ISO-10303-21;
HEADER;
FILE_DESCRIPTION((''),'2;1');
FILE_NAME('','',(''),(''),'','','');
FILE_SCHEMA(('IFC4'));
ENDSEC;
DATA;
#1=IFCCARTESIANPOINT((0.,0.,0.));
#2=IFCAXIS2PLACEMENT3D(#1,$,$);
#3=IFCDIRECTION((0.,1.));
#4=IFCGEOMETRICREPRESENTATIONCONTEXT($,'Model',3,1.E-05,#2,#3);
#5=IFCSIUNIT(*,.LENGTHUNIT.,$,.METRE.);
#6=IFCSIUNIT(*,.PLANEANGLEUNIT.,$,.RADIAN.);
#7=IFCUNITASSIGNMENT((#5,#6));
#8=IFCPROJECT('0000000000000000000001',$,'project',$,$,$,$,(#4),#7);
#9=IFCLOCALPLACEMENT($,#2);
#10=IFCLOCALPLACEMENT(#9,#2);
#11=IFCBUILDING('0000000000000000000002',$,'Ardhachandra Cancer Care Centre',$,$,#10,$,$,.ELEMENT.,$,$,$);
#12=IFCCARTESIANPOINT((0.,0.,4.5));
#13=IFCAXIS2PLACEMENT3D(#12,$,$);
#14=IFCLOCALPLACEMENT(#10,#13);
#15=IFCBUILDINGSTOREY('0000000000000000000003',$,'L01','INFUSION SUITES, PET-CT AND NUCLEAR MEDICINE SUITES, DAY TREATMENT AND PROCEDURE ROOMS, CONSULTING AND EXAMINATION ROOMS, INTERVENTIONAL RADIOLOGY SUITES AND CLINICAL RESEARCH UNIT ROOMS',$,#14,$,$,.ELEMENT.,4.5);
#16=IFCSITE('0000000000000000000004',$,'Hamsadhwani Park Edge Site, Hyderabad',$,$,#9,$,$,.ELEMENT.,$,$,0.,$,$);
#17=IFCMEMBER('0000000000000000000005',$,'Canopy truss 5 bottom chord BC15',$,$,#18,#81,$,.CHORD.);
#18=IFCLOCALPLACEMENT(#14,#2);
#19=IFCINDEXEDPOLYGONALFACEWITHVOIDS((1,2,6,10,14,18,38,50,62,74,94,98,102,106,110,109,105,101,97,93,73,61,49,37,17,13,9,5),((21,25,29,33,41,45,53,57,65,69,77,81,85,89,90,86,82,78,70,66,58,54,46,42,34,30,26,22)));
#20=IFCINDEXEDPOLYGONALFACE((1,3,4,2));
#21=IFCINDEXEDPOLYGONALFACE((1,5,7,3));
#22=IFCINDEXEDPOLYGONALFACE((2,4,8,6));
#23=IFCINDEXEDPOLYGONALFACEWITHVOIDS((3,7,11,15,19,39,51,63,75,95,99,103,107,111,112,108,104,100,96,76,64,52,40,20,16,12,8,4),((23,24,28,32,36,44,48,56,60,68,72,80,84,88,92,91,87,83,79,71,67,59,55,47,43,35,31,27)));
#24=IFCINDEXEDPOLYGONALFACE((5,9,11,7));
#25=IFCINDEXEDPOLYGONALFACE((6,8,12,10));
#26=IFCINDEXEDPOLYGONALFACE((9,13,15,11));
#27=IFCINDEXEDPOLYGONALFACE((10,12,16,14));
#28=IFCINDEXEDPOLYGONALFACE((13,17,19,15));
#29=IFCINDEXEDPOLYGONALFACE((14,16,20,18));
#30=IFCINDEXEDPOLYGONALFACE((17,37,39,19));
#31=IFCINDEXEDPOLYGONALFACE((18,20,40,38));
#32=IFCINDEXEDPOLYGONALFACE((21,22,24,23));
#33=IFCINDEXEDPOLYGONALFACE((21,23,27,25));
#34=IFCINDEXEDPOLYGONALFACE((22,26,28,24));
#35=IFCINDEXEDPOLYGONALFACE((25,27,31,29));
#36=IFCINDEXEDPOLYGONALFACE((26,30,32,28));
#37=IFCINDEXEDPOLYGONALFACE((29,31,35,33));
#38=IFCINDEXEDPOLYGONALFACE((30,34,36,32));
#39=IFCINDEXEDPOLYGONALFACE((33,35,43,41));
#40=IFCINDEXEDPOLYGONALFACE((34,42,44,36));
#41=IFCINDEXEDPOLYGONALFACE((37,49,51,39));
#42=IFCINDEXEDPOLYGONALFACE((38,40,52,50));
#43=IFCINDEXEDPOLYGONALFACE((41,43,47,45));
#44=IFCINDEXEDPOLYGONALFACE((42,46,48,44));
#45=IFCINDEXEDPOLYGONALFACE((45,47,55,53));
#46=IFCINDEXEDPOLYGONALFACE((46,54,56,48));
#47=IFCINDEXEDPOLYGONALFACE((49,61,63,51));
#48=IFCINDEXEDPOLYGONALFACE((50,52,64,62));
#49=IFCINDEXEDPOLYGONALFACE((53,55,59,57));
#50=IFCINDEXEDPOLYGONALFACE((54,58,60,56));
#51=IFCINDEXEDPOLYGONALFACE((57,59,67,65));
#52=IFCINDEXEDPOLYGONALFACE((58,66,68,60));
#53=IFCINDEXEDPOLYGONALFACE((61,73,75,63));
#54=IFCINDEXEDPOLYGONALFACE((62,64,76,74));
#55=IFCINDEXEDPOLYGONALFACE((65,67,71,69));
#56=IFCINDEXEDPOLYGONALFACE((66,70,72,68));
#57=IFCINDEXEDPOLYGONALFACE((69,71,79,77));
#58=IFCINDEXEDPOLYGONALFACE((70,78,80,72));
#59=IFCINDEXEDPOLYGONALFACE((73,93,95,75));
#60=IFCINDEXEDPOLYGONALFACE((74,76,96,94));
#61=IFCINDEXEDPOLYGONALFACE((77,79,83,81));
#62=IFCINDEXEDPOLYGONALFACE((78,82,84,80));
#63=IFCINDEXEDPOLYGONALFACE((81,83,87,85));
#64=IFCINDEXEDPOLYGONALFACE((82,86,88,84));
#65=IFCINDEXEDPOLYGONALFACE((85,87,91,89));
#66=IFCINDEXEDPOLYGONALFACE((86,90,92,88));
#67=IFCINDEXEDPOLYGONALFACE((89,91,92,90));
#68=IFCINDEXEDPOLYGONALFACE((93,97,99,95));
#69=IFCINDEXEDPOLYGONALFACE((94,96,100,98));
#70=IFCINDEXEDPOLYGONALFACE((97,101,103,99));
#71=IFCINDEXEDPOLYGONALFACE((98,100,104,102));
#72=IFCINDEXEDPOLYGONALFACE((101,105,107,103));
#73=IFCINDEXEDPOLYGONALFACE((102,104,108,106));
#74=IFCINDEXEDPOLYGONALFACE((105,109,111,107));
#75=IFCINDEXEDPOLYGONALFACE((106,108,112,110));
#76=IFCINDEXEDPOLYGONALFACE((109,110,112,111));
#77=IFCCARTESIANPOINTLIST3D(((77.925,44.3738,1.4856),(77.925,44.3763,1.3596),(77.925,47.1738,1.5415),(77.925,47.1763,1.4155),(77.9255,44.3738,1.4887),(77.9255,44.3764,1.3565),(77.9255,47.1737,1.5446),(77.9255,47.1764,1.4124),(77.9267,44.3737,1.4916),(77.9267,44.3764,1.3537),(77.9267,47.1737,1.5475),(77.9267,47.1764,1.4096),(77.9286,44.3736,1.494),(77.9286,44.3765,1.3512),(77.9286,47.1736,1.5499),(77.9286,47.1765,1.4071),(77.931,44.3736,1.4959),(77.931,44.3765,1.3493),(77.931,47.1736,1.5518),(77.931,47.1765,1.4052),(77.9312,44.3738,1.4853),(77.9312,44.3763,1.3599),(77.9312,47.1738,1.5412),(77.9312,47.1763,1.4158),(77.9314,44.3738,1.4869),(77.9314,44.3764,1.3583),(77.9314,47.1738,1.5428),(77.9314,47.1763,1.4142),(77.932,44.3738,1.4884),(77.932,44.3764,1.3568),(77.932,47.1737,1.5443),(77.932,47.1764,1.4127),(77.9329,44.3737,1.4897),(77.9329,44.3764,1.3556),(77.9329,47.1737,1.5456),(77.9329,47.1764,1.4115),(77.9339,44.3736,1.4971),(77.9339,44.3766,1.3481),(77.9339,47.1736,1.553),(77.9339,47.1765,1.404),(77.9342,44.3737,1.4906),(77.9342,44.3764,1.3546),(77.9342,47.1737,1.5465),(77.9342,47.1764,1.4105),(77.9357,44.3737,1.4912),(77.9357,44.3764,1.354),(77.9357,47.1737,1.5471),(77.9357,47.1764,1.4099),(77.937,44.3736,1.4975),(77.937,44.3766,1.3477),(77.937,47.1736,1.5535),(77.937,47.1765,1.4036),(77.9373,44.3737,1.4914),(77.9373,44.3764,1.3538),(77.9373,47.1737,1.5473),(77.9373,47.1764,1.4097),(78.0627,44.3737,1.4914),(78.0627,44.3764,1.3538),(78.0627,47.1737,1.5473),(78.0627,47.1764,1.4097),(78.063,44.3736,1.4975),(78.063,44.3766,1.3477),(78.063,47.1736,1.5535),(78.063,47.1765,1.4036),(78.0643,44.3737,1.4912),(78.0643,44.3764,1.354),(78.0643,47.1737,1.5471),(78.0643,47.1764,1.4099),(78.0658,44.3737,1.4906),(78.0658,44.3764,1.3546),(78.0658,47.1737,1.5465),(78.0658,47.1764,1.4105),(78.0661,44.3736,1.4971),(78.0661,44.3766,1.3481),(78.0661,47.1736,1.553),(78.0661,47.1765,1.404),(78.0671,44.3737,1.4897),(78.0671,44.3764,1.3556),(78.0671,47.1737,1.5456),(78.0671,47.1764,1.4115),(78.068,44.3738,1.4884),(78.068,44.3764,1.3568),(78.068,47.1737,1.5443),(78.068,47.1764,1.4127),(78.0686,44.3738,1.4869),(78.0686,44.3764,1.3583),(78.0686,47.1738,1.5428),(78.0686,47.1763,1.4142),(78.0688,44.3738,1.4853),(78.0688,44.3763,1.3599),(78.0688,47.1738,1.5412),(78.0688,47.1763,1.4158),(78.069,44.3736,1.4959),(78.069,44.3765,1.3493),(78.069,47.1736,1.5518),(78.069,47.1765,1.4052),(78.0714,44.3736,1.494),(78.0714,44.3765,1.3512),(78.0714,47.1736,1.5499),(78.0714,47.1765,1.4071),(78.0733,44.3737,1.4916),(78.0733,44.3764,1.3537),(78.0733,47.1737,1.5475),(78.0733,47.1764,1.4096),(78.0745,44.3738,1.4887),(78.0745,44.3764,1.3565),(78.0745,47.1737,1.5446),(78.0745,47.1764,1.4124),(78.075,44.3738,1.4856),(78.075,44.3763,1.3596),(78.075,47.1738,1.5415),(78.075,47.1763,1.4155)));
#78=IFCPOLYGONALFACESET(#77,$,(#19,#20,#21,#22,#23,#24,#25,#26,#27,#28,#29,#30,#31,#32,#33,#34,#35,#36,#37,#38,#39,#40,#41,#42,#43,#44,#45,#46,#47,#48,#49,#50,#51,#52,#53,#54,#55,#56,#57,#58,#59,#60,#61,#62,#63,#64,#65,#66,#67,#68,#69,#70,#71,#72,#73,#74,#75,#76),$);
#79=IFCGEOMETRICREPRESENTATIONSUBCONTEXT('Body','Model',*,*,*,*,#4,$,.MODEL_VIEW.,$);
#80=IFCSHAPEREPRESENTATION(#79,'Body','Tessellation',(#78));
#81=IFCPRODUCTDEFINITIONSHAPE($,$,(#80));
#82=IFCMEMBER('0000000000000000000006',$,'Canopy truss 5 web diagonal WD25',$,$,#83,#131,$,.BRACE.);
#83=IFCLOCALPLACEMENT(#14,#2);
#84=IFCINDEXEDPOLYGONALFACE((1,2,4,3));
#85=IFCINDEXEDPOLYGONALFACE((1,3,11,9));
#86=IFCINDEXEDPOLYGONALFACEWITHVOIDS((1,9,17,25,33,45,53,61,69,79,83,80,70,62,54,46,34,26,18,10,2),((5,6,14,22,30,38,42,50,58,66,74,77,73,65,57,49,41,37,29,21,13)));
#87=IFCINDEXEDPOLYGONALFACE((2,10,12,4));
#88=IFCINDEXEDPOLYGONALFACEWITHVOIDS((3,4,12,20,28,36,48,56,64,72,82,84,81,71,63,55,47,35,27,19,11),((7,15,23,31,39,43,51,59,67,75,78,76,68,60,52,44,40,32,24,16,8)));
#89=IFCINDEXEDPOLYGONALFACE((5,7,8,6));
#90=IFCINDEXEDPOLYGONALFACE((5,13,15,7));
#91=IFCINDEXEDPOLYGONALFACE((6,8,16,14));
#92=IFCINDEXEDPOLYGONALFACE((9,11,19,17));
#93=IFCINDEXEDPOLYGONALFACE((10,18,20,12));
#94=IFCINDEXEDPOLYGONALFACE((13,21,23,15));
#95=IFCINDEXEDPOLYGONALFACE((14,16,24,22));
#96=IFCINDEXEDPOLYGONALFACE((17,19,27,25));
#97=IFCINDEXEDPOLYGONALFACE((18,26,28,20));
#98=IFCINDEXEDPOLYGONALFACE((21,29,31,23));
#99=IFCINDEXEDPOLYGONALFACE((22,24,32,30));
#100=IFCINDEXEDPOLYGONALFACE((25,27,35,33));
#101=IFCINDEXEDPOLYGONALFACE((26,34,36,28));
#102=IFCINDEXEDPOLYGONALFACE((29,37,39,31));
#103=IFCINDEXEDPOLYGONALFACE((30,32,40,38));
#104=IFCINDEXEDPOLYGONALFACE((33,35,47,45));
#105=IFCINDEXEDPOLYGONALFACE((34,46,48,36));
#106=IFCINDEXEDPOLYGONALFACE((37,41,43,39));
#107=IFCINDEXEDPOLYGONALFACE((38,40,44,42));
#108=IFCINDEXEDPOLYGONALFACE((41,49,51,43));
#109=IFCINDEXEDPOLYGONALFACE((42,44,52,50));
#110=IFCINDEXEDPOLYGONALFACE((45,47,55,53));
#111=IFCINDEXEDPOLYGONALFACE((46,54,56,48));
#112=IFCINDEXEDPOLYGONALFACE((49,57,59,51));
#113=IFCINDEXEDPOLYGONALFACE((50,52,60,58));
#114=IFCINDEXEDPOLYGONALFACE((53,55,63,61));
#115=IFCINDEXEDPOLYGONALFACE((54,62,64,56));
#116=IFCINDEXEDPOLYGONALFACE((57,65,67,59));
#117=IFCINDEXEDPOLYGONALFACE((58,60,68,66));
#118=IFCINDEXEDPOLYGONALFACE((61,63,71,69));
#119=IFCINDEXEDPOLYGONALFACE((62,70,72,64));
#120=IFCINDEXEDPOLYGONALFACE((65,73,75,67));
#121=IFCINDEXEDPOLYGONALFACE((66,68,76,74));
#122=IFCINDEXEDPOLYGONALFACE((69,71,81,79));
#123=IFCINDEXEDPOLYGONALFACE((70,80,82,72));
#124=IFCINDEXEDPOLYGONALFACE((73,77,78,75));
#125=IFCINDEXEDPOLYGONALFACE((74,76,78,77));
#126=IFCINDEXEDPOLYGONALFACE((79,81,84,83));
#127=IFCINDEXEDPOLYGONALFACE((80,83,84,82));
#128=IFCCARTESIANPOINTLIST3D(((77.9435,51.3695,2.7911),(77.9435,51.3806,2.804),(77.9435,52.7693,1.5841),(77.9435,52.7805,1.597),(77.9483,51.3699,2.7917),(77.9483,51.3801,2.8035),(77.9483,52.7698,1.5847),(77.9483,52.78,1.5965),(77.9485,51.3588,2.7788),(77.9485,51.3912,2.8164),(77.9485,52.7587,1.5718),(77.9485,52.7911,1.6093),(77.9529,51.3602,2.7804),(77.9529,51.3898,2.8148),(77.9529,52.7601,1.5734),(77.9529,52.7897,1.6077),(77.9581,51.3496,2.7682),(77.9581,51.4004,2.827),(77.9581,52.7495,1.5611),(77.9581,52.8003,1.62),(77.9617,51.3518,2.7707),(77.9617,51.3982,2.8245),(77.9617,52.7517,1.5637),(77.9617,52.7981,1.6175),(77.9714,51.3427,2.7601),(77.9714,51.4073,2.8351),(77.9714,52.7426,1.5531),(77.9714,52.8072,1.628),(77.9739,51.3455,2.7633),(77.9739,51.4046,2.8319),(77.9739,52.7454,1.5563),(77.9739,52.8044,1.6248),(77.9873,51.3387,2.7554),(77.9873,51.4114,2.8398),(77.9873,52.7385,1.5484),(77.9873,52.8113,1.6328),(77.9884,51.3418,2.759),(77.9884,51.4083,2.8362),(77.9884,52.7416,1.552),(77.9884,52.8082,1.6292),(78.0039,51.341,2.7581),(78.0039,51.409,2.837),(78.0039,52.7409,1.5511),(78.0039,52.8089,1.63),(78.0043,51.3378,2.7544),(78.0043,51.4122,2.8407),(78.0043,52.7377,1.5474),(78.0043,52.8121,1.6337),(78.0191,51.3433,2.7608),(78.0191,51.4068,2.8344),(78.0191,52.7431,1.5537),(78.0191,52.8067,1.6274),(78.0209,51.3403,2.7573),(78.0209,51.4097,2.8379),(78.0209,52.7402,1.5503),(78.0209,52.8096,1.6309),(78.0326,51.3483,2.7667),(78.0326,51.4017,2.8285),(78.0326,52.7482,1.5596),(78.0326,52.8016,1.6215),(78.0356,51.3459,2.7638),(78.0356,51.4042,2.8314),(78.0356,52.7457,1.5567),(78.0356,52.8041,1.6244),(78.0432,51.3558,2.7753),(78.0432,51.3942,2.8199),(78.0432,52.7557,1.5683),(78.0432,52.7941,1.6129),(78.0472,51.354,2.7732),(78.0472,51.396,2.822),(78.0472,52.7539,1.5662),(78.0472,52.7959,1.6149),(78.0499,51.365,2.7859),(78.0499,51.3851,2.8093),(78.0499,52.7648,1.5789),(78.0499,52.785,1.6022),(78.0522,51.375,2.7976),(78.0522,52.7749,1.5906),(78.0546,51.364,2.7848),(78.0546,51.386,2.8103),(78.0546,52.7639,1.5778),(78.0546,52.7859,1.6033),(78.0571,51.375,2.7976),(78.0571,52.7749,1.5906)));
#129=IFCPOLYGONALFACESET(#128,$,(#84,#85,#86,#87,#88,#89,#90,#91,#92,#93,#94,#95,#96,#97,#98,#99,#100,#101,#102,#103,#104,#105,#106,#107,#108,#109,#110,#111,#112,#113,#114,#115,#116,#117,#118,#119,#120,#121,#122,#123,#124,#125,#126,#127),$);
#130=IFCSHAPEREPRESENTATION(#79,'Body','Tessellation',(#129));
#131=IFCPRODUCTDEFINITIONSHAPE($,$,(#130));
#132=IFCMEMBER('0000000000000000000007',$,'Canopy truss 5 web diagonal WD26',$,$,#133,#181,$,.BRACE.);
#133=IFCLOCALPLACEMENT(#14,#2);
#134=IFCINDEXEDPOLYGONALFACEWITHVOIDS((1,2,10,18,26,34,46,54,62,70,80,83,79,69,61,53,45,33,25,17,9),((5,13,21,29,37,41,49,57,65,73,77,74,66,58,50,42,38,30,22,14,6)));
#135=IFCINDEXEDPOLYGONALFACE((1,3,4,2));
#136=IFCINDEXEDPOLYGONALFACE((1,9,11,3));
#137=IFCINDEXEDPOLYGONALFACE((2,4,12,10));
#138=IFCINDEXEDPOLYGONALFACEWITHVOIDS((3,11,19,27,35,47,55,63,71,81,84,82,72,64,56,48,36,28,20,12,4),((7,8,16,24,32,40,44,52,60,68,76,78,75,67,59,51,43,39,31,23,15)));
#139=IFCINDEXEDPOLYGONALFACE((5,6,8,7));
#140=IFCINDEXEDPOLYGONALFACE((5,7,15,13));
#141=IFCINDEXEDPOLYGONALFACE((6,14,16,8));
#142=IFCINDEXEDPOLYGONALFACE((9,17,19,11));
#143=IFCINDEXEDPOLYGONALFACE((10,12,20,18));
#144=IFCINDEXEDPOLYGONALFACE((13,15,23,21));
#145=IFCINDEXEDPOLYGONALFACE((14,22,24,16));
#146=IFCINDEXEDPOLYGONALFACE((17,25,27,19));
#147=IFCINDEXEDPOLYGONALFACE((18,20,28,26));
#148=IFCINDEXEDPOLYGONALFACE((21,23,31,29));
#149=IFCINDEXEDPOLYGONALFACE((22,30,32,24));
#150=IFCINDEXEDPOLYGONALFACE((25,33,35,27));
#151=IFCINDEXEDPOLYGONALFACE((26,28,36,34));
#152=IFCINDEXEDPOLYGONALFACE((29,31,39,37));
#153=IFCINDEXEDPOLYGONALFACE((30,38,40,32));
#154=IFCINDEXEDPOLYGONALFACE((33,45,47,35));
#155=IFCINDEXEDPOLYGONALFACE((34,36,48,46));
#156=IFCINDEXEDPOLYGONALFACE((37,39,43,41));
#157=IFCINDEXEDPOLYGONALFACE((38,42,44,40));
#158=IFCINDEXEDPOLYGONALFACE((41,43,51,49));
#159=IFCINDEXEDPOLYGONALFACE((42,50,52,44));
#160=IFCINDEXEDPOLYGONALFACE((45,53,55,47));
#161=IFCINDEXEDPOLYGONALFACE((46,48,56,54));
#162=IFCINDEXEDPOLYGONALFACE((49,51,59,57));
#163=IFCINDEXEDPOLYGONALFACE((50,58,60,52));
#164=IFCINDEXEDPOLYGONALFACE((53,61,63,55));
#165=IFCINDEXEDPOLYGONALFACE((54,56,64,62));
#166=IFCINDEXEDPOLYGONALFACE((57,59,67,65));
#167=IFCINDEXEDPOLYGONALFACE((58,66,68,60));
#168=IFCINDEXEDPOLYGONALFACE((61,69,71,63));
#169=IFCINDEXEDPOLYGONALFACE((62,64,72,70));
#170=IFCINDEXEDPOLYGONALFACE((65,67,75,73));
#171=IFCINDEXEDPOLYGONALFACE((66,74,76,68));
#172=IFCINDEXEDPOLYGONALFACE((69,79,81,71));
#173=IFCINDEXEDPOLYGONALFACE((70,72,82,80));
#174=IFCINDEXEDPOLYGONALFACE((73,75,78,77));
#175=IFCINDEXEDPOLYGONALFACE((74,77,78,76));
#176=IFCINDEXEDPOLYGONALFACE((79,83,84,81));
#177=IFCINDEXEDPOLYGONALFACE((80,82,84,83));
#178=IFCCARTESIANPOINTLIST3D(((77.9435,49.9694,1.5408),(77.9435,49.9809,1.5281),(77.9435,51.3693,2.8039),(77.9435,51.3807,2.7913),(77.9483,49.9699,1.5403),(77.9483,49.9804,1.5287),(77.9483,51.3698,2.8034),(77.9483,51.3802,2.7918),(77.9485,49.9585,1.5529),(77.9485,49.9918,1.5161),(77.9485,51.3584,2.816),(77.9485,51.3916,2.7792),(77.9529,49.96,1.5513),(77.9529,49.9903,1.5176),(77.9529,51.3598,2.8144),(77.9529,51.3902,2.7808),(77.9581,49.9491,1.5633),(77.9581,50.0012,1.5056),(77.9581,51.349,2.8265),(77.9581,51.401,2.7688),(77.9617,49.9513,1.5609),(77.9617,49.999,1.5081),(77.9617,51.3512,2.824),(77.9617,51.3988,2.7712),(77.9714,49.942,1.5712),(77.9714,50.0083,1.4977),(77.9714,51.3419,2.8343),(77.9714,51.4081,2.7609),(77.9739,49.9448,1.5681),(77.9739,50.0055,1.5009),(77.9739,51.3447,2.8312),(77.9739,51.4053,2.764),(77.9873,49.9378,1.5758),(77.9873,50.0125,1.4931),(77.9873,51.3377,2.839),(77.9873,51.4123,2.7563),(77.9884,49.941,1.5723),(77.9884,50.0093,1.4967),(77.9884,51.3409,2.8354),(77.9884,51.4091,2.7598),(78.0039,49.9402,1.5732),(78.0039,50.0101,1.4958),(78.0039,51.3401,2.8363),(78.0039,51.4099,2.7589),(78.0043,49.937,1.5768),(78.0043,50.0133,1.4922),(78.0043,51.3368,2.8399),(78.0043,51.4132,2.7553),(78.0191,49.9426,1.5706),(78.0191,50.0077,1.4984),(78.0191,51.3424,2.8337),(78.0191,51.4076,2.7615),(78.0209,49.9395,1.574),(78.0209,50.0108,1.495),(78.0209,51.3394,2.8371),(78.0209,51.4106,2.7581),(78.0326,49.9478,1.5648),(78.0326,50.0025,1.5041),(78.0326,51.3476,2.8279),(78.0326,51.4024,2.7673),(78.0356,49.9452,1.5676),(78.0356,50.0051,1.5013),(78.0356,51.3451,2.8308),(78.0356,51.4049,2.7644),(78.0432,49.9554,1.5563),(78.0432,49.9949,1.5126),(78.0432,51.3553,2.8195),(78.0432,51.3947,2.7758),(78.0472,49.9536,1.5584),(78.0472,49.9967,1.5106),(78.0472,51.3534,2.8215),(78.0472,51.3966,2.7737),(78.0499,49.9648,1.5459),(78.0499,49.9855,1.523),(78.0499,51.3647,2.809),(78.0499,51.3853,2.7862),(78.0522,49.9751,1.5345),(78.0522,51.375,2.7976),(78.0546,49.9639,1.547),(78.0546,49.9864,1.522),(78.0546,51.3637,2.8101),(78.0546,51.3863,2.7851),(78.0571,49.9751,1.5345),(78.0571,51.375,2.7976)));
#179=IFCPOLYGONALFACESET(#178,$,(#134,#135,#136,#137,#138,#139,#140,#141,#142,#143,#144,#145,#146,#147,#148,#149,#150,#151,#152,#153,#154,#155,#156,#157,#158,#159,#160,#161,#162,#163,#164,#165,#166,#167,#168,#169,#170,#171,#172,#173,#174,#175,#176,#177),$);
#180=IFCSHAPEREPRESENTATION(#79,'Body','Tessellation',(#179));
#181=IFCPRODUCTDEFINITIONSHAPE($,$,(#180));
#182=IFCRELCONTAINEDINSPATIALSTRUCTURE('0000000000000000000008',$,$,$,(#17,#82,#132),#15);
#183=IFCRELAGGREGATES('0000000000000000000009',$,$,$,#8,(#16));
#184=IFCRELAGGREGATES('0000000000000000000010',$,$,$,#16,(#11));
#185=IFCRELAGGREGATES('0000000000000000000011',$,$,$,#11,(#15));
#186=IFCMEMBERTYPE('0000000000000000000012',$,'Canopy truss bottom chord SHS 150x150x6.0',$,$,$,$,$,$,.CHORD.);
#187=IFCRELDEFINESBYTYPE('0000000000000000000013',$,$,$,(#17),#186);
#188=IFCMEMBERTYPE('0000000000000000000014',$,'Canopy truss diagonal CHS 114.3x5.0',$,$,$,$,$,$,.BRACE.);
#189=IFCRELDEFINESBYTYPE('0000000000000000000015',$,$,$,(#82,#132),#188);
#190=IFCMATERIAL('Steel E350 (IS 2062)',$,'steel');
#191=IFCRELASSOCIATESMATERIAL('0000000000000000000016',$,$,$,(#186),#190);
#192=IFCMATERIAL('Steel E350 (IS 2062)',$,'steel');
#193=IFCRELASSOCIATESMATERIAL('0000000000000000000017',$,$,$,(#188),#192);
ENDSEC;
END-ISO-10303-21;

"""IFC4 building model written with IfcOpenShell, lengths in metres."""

from ifc_helpers import new_model, si_unit, direction, frame, origin, origin_2d, place, context, subcontext, project, spatial, hollow_rectangle, hollow_circle, extrude, material, material_profile, profile_set, type_object, element, save


model = new_model("IFC4")

# Units and contexts
model_context = context("Model", 3, precision=1e-05, world=origin(), true_north=direction((0.0, 1.0)))
body_context = subcontext(model_context, "Body", "Model", "MODEL_VIEW")
ifc_project = project(units=[si_unit("LENGTHUNIT", "METRE"), si_unit("PLANEANGLEUNIT", "RADIAN")], contexts=[model_context])

# Site, building, storey
site_placement = place(None, origin())
site = spatial("IfcSite", under=ifc_project, at=site_placement, Name="Hamsadhwani Park Edge Site, Hyderabad", CompositionType="ELEMENT", RefElevation=0.0)
building_placement = place(site_placement, origin())
building = spatial("IfcBuilding", under=site, at=building_placement, Name="Ardhachandra Cancer Care Centre", CompositionType="ELEMENT")
storey_placement = place(building_placement, frame((0.0, 0.0, 4.5)))
storey = spatial("IfcBuildingStorey", under=building, at=storey_placement, Name="L01", Description="INFUSION SUITES, PET-CT AND NUCLEAR MEDICINE SUITES, DAY TREATMENT AND PROCEDURE ROOMS, CONSULTING AND EXAMINATION ROOMS, INTERVENTIONAL RADIOLOGY SUITES AND CLINICAL RESEARCH UNIT ROOMS", CompositionType="ELEMENT", Elevation=4.5)

# Members
ifc_material_1 = material(Name="Steel E350 (IS 2062)", Category="steel")
ifc_material_profile_1 = material_profile(ifc_material_1, hollow_rectangle(XDim=0.1499, YDim=0.1499, WallThickness=0.0061, InnerFilletRadius=0.0061, OuterFilletRadius=0.012, at=origin_2d()), Name="SHS 150x150x6.0")
ifc_profile_set_1 = profile_set([ifc_material_profile_1], Name="Steel E350 (IS 2062)")
member_type_1 = type_object("IfcMemberType", Name="Canopy truss bottom chord SHS 150x150x6.0", PredefinedType="CHORD", material=ifc_profile_set_1)
for number, where, z_axis, x_axis, name in (
    (1, (78.0, 47.175, 1.4785), (0.0, -0.999801, -0.019963), (1.0, 0.0, 0.0), "Canopy truss 5 bottom chord BC15"),
):
    element("IfcMember", number, at=place(storey_placement, frame(where, z_axis=z_axis, x_axis=x_axis)), inside=storey, type_object=member_type_1, Name=name, PredefinedType="CHORD", context=body_context, shape_type="SweptSolid", body=[
        extrude(hollow_rectangle(XDim=0.1499, YDim=0.1499, WallThickness=0.0061, InnerFilletRadius=0.0061, OuterFilletRadius=0.012, at=origin_2d()), origin(), (0.0, 0.0, 1.0), 2.8005),
    ])
ifc_material_2 = material(Name="Steel E350 (IS 2062)", Category="steel")
ifc_material_profile_2 = material_profile(ifc_material_2, hollow_circle(Radius=0.0571, WallThickness=0.0049, at=origin_2d()), Name="CHS 114.3x5.0")
ifc_profile_set_2 = profile_set([ifc_material_profile_2], Name="Steel E350 (IS 2062)")
member_type_2 = type_object("IfcMemberType", Name="Canopy truss diagonal CHS 114.3x5.0", PredefinedType="BRACE", material=ifc_profile_set_2)
member_1_placement = place(storey_placement, frame((78.0, 52.7749, 1.5906), z_axis=(0.0, -0.757351, 0.653008), x_axis=(1.0, 0.0, 0.0)))
element("IfcMember", 2, at=member_1_placement, inside=storey, type_object=member_type_2, Name="Canopy truss 5 web diagonal WD25", PredefinedType="BRACE", context=body_context, shape_type="SweptSolid", body=[
    extrude(hollow_circle(Radius=0.0571, WallThickness=0.0049, at=origin_2d()), origin(), (0.0, 0.0, 1.0), 1.8484),
])
member_2_placement = place(storey_placement, frame((78.0, 51.375, 2.7976), z_axis=(0.0, -0.742431, -0.669923), x_axis=(1.0, 0.0, 0.0)))
element("IfcMember", 3, at=member_2_placement, inside=storey, type_object=member_type_2, Name="Canopy truss 5 web diagonal WD26", PredefinedType="BRACE", context=body_context, shape_type="SweptSolid", body=[
    extrude(hollow_circle(Radius=0.0571, WallThickness=0.0049, at=origin_2d()), origin(), (0.0, 0.0, 1.0), 1.8855),
])

save(model, "model.ifc")
